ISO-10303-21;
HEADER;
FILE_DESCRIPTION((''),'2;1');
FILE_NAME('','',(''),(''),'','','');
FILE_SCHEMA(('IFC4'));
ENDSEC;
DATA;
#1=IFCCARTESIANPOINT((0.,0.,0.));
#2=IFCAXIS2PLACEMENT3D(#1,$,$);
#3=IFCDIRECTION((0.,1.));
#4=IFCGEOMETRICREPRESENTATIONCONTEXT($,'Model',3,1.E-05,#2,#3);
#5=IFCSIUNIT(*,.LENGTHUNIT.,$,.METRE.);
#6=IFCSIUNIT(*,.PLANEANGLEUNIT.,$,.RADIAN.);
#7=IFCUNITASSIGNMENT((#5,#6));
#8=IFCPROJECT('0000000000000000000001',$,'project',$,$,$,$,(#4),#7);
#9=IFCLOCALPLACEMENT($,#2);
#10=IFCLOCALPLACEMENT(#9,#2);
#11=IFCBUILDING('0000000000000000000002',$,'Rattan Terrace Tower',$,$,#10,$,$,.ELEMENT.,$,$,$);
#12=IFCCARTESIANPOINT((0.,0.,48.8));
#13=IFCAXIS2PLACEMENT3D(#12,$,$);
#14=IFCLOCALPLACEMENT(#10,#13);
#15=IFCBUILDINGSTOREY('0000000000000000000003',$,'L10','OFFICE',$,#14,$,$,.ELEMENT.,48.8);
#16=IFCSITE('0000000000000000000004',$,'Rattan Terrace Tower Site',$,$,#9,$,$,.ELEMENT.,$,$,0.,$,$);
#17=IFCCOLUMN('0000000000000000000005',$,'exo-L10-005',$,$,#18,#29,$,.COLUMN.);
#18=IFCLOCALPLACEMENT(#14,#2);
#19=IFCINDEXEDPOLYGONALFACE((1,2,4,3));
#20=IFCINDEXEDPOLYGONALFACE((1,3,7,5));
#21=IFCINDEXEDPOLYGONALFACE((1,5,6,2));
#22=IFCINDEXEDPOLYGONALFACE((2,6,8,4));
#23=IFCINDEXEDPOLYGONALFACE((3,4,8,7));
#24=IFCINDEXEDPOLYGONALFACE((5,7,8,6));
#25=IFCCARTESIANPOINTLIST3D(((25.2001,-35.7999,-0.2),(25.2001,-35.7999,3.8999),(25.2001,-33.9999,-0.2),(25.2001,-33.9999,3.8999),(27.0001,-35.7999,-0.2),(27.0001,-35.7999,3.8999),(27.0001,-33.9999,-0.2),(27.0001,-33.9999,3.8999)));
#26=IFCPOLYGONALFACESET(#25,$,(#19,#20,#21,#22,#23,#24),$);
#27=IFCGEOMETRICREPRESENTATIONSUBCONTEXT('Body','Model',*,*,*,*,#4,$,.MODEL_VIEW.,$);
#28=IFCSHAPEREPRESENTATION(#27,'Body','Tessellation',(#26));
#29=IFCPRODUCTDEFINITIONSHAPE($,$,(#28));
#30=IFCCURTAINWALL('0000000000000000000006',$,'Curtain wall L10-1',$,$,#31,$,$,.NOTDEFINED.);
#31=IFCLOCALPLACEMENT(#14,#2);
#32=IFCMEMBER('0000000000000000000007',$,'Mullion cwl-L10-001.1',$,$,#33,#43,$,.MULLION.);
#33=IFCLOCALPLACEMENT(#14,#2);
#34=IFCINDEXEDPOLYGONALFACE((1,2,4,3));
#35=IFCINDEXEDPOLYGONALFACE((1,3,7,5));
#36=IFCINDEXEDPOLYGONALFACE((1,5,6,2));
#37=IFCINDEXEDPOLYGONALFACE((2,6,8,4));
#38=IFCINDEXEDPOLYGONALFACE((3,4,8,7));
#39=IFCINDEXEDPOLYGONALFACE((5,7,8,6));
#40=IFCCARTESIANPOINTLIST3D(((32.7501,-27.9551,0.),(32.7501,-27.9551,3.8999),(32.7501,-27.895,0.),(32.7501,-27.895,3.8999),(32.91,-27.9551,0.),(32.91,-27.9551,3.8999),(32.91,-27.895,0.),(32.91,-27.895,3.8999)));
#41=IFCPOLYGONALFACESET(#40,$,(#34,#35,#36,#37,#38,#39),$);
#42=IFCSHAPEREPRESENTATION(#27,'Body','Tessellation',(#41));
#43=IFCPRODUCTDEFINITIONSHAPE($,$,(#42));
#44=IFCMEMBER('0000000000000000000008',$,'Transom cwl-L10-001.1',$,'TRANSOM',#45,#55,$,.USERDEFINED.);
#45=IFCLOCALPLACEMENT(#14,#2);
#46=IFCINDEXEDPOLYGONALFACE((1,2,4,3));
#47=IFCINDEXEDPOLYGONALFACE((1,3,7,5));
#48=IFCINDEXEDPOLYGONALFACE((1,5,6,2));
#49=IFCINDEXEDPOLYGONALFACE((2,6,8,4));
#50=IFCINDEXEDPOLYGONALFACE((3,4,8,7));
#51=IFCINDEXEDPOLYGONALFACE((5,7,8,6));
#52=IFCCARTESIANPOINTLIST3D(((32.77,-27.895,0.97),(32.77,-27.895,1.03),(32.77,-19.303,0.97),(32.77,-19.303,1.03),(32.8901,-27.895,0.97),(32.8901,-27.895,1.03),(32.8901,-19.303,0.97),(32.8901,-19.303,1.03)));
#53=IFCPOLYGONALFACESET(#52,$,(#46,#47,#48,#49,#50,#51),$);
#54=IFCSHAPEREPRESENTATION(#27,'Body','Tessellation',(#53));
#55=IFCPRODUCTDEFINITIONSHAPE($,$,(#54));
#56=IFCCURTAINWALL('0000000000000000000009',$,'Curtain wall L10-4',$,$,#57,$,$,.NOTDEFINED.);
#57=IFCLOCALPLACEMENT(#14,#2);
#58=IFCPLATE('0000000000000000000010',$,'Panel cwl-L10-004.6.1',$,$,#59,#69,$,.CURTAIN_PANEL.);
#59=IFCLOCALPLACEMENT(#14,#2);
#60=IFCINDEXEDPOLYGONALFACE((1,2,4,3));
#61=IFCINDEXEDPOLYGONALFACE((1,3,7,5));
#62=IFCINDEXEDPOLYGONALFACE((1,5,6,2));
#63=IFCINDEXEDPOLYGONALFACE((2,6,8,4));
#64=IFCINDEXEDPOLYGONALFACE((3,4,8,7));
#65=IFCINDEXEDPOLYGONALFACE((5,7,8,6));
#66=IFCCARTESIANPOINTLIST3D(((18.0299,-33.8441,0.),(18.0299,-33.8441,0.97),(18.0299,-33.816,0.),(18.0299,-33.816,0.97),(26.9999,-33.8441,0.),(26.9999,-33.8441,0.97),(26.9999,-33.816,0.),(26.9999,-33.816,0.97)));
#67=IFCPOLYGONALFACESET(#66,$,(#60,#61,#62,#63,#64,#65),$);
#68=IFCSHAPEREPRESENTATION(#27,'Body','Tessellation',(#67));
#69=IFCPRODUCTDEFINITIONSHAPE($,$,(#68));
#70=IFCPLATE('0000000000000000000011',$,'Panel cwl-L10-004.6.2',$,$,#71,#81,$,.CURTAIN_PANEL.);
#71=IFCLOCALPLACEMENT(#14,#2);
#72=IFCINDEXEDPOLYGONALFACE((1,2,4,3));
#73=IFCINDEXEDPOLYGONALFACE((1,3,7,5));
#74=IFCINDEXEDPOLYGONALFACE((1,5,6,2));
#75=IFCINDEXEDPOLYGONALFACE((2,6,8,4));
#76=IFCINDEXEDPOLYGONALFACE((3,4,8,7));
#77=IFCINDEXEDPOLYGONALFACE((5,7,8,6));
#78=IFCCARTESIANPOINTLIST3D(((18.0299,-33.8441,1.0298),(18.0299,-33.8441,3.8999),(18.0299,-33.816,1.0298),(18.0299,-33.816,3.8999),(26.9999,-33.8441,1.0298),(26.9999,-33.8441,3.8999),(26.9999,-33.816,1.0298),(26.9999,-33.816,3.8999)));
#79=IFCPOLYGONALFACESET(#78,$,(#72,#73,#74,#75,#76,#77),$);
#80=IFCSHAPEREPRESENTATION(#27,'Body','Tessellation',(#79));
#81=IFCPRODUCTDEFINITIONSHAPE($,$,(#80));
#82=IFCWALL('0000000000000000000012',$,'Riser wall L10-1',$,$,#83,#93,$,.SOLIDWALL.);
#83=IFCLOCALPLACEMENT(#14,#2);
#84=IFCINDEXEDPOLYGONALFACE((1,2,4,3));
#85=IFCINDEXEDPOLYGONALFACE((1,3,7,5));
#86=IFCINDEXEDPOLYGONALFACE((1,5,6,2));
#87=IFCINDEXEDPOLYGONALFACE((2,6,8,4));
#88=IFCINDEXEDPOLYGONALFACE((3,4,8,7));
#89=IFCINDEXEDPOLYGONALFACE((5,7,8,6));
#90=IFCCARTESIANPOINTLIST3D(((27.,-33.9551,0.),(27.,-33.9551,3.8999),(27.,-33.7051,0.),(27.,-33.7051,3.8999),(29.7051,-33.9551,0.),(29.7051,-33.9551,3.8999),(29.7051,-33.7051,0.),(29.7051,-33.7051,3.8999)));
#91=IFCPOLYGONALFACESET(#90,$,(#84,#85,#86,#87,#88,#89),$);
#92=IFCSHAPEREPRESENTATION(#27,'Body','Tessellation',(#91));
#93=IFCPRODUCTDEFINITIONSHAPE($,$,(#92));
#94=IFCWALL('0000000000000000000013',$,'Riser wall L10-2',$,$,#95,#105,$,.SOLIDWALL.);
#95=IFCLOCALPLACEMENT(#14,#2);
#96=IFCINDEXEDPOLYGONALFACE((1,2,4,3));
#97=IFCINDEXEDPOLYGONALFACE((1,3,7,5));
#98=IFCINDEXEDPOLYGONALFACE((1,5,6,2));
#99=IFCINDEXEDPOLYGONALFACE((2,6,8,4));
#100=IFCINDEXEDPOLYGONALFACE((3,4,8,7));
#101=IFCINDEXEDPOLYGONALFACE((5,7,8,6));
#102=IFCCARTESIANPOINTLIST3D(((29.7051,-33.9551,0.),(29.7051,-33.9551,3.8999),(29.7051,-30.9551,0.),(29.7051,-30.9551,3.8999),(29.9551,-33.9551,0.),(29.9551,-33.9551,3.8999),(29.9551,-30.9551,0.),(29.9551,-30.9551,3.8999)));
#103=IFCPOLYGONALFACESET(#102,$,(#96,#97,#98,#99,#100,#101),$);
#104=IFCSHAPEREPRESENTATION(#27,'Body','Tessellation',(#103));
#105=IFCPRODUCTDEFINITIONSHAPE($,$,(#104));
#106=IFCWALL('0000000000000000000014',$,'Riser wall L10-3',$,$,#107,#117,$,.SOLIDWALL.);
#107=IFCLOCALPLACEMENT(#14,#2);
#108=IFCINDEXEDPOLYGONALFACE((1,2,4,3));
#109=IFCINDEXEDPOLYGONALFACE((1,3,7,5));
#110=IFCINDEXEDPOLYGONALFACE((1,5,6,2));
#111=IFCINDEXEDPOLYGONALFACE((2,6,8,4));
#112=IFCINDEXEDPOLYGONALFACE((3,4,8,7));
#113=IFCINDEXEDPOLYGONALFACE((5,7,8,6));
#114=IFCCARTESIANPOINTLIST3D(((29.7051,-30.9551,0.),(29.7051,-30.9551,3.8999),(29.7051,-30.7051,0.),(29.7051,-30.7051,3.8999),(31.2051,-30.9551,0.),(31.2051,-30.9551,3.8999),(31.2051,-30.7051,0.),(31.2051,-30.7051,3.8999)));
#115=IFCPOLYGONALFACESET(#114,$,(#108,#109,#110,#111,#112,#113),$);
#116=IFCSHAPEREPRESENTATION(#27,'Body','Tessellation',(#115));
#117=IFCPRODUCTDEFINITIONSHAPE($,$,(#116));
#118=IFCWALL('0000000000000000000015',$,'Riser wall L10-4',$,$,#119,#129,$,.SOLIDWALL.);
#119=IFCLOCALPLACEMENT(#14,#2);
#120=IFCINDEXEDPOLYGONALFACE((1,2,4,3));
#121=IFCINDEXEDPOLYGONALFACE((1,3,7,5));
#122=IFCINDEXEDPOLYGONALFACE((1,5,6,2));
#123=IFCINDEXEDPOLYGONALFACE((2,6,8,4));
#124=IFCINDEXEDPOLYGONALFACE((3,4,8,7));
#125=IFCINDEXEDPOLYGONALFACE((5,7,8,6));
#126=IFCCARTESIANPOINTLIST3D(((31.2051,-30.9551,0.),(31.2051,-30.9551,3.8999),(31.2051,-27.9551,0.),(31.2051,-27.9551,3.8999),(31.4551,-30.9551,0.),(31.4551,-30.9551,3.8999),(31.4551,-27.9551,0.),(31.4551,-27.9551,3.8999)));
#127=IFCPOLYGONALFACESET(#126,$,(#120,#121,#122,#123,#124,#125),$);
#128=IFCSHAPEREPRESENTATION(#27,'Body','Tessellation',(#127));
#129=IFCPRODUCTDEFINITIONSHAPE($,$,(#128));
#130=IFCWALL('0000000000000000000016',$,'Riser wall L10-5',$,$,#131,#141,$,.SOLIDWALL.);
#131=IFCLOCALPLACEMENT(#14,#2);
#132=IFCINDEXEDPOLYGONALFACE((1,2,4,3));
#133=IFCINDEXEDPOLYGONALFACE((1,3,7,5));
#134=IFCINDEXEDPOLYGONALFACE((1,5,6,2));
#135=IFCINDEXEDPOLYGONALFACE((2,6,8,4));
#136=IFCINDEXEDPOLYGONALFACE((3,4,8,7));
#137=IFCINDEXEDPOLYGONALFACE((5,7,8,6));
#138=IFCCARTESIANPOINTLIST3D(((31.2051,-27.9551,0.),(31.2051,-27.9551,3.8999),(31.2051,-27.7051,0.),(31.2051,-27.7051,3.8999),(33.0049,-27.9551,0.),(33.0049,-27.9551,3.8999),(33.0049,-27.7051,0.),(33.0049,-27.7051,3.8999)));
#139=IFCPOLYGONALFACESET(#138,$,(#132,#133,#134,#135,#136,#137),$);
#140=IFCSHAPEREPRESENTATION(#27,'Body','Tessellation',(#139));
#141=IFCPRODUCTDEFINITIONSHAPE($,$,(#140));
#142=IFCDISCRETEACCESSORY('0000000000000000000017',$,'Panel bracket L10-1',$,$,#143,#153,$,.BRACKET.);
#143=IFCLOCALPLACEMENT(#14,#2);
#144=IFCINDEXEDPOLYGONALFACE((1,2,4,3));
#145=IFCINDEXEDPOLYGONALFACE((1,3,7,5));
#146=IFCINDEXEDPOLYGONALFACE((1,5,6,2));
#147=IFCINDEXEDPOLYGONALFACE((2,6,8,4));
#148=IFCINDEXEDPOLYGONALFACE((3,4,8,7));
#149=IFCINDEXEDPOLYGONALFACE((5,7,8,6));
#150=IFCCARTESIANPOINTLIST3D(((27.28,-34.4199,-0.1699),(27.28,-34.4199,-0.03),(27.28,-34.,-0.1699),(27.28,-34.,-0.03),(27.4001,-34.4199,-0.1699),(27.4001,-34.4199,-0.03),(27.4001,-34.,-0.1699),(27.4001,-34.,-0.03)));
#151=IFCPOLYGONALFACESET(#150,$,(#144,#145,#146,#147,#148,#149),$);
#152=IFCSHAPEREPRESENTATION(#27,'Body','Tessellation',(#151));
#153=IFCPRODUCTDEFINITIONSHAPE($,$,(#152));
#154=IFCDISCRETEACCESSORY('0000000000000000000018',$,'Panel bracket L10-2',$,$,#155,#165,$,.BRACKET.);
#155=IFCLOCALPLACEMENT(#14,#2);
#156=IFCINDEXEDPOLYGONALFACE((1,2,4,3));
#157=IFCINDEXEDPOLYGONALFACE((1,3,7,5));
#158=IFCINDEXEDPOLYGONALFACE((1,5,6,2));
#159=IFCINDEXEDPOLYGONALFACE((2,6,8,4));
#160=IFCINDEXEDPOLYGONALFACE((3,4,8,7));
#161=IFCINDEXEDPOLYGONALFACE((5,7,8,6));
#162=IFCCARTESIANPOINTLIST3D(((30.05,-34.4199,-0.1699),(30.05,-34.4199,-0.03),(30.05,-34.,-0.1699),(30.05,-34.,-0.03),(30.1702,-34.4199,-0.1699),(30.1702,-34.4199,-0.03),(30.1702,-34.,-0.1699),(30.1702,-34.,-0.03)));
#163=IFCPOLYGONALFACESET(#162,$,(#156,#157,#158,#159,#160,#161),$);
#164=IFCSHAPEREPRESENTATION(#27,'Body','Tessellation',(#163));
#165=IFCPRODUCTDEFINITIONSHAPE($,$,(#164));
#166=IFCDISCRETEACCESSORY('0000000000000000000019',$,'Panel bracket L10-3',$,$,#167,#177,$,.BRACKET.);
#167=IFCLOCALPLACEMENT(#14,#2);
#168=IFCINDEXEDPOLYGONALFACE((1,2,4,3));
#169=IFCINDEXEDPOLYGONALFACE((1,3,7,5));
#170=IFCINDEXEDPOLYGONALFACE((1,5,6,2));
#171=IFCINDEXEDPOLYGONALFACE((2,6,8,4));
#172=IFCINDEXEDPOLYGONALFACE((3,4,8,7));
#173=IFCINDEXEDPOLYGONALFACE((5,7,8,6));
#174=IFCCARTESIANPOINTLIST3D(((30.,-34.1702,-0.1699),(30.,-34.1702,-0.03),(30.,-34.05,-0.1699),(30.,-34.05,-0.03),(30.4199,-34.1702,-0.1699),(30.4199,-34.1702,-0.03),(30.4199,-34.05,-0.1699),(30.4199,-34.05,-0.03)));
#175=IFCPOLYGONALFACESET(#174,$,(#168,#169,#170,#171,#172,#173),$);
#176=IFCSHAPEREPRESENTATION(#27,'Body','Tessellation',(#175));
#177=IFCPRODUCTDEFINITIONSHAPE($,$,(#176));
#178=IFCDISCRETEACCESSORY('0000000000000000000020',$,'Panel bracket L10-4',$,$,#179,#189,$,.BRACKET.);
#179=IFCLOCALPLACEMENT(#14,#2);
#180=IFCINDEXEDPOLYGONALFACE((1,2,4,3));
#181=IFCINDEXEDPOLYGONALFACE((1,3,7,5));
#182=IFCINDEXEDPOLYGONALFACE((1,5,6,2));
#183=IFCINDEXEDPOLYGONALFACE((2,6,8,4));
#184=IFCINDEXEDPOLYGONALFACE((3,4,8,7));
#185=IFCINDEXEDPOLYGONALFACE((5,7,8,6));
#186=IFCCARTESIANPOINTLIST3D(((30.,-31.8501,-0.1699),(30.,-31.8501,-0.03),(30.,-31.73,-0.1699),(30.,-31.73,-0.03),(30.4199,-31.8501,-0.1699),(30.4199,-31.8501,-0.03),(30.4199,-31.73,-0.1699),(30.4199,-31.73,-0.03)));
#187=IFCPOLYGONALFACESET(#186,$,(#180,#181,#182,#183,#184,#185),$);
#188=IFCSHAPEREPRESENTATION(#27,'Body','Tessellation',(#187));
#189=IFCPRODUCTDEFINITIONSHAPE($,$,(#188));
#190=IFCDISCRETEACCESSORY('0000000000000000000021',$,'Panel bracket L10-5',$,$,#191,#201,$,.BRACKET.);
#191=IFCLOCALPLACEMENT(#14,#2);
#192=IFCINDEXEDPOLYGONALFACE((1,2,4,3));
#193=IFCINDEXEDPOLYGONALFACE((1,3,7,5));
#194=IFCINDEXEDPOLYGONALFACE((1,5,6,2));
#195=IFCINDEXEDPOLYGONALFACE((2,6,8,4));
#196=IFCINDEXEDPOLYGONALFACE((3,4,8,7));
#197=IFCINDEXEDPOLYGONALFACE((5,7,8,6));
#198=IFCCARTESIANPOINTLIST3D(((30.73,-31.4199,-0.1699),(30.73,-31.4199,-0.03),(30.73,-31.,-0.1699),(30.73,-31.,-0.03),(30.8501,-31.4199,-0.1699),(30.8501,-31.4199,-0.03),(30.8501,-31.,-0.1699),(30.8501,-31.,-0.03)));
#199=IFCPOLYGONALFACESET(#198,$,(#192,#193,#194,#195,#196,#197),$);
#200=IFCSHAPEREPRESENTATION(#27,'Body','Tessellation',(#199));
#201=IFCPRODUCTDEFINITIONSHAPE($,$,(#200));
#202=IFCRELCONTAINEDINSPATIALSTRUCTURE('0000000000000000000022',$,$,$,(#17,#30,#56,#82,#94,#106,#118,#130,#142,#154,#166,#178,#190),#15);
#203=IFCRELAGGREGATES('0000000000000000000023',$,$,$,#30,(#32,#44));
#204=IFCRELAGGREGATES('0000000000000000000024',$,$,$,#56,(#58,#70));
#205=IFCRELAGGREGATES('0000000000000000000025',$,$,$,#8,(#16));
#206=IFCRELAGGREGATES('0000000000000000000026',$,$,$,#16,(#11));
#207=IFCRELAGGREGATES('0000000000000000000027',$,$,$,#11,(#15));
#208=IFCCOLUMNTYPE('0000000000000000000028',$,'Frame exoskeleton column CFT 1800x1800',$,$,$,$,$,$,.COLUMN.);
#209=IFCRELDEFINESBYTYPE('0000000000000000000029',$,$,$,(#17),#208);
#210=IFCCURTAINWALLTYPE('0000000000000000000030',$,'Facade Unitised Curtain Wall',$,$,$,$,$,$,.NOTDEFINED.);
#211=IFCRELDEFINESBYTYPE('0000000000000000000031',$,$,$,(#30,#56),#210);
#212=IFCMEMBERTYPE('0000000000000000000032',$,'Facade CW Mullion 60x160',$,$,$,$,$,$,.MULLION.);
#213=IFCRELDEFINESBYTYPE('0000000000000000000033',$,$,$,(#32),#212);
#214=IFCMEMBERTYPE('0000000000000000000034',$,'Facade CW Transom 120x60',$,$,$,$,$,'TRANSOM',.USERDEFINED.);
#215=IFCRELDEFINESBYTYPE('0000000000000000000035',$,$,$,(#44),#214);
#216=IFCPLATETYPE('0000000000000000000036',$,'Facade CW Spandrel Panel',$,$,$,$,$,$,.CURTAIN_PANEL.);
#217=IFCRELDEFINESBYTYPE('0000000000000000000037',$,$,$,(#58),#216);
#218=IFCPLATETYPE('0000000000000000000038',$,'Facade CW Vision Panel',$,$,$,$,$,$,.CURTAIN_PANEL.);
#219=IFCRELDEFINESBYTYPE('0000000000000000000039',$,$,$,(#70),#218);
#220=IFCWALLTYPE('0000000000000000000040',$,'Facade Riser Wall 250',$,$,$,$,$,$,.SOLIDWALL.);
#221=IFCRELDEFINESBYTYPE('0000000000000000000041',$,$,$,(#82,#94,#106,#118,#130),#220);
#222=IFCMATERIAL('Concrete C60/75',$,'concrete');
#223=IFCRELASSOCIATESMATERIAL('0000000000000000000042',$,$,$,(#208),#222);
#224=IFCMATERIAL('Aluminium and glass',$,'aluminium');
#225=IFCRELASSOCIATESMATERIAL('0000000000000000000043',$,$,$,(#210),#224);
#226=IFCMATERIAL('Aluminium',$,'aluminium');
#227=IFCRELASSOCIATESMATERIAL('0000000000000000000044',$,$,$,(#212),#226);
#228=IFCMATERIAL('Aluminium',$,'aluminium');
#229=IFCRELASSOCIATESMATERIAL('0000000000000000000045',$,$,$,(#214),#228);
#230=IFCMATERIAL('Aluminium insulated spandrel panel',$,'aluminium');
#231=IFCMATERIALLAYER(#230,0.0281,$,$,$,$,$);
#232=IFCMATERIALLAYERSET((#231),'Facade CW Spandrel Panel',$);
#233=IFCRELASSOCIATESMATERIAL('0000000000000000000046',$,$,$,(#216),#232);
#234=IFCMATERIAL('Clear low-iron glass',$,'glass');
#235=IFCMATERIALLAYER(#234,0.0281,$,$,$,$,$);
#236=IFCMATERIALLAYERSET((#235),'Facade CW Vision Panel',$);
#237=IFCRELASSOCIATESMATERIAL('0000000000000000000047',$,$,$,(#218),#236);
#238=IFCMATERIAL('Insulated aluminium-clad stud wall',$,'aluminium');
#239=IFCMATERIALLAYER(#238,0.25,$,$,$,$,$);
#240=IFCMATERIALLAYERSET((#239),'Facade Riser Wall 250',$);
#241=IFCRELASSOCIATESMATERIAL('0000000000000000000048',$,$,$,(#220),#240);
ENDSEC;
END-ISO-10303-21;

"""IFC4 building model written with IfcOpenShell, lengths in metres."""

from ifc_helpers import new_model, si_unit, direction, frame, frame_2d, origin, origin_2d, place, context, subcontext, project, spatial, rectangle, extrude, material, layer, layer_set, material_profile, profile_set, type_object, element, aggregate, save


model = new_model("IFC4")

# Units and contexts
model_context = context("Model", 3, precision=1e-05, world=origin(), true_north=direction((0.0, 1.0)))
body_context = subcontext(model_context, "Body", "Model", "MODEL_VIEW")
ifc_project = project(units=[si_unit("LENGTHUNIT", "METRE"), si_unit("PLANEANGLEUNIT", "RADIAN")], contexts=[model_context])

# Site, building, storey
site_placement = place(None, origin())
site = spatial("IfcSite", under=ifc_project, at=site_placement, Name="Rattan Terrace Tower Site", CompositionType="ELEMENT", RefElevation=0.0)
building_placement = place(site_placement, origin())
building = spatial("IfcBuilding", under=site, at=building_placement, Name="Rattan Terrace Tower", CompositionType="ELEMENT")
storey_placement = place(building_placement, frame((0.0, 0.0, 48.8)))
storey = spatial("IfcBuildingStorey", under=building, at=storey_placement, Name="L10", Description="OFFICE", CompositionType="ELEMENT", Elevation=48.8)

# Column
ifc_material_1 = material(Name="Concrete C60/75", Category="concrete")
ifc_material_profile_1 = material_profile(ifc_material_1, rectangle(XDim=1.8, YDim=1.8, at=origin_2d()), Name="CFT 1800x1800")
ifc_profile_set_1 = profile_set([ifc_material_profile_1], Name="Concrete C60/75")
column_type = type_object("IfcColumnType", Name="Frame exoskeleton column CFT 1800x1800", PredefinedType="COLUMN", material=ifc_profile_set_1)
column_placement = place(storey_placement, frame((26.1001, -34.8999, -0.2), z_axis=(0.0, 0.0, 1.0), x_axis=(1.0, 0.0, 0.0)))
element("IfcColumn", 1, at=column_placement, inside=storey, type_object=column_type, Name="exo-L10-005", PredefinedType="COLUMN", context=body_context, shape_type="SweptSolid", body=[
    extrude(rectangle(XDim=1.8, YDim=1.8, at=origin_2d()), origin(), (0.0, 0.0, 1.0), 4.0999),
])

# Curtain wall, members
ifc_material_2 = material(Name="Aluminium and glass", Category="aluminium")
curtain_wall_type = type_object("IfcCurtainWallType", Name="Facade Unitised Curtain Wall", PredefinedType="NOTDEFINED", material=ifc_material_2)
curtain_wall_1_placement = place(storey_placement, origin())
curtain_wall_1 = element("IfcCurtainWall", 2, at=curtain_wall_1_placement, inside=storey, type_object=curtain_wall_type, Name="Curtain wall L10-1", PredefinedType="NOTDEFINED")
ifc_material_3 = material(Name="Aluminium", Category="aluminium")
ifc_material_profile_2 = material_profile(ifc_material_3, rectangle(XDim=0.0601, YDim=0.1599, at=origin_2d()), Name="Aluminium 60x160")
ifc_profile_set_2 = profile_set([ifc_material_profile_2], Name="Aluminium")
member_type_1 = type_object("IfcMemberType", Name="Facade CW Mullion 60x160", PredefinedType="MULLION", material=ifc_profile_set_2)
member_1_placement = place(storey_placement, frame((32.8301, -27.925, 0.0), z_axis=(0.0, 0.0, 1.0), x_axis=(0.0, 1.0, 0.0)))
member_1 = element("IfcMember", 3, at=member_1_placement, type_object=member_type_1, Name="Mullion cwl-L10-001.1", PredefinedType="MULLION", context=body_context, shape_type="SweptSolid", body=[
    extrude(rectangle(XDim=0.0601, YDim=0.1599, at=origin_2d()), origin(), (0.0, 0.0, 1.0), 3.8999),
])
ifc_material_4 = material(Name="Aluminium", Category="aluminium")
ifc_material_profile_3 = material_profile(ifc_material_4, rectangle(XDim=0.1201, YDim=0.0601, at=origin_2d()), Name="Aluminium 120x60")
ifc_profile_set_3 = profile_set([ifc_material_profile_3], Name="Aluminium")
member_type_2 = type_object("IfcMemberType", Name="Facade CW Transom 120x60", ElementType="TRANSOM", PredefinedType="USERDEFINED", material=ifc_profile_set_3)
member_2_placement = place(storey_placement, frame((32.8301, -27.895, 1.0), z_axis=(0.0, 1.0, 0.0), x_axis=(-1.0, 0.0, 0.0)))
member_2 = element("IfcMember", 4, at=member_2_placement, type_object=member_type_2, Name="Transom cwl-L10-001.1", ObjectType="TRANSOM", PredefinedType="USERDEFINED", context=body_context, shape_type="SweptSolid", body=[
    extrude(rectangle(XDim=0.1201, YDim=0.0601, at=origin_2d()), origin(), (0.0, 0.0, 1.0), 8.592),
])
aggregate(curtain_wall_1, [member_1, member_2])

# Curtain wall, plates
curtain_wall_2_placement = place(storey_placement, origin())
curtain_wall_2 = element("IfcCurtainWall", 5, at=curtain_wall_2_placement, inside=storey, type_object=curtain_wall_type, Name="Curtain wall L10-4", PredefinedType="NOTDEFINED")
ifc_material_5 = material(Name="Aluminium insulated spandrel panel", Category="aluminium")
ifc_layer_1 = layer(ifc_material_5, 0.0281)
ifc_layer_set_1 = layer_set([ifc_layer_1], Name="Facade CW Spandrel Panel")
plate_type_1 = type_object("IfcPlateType", Name="Facade CW Spandrel Panel", PredefinedType="CURTAIN_PANEL", material=ifc_layer_set_1)
plate_1_placement = place(storey_placement, frame((22.5149, -33.8301, 0.0), z_axis=(0.0, 0.0, 1.0), x_axis=(1.0, 0.0, 0.0)))
plate_1 = element("IfcPlate", 6, at=plate_1_placement, type_object=plate_type_1, Name="Panel cwl-L10-004.6.1", PredefinedType="CURTAIN_PANEL", context=body_context, shape_type="SweptSolid", body=[
    extrude(rectangle(XDim=8.97, YDim=0.0281, at=origin_2d()), origin(), (0.0, 0.0, 1.0), 0.97),
])
ifc_material_6 = material(Name="Clear low-iron glass", Category="glass")
ifc_layer_2 = layer(ifc_material_6, 0.0281)
ifc_layer_set_2 = layer_set([ifc_layer_2], Name="Facade CW Vision Panel")
plate_type_2 = type_object("IfcPlateType", Name="Facade CW Vision Panel", PredefinedType="CURTAIN_PANEL", material=ifc_layer_set_2)
plate_2_placement = place(storey_placement, frame((22.5149, -33.8301, 1.0298), z_axis=(0.0, 0.0, 1.0), x_axis=(1.0, 0.0, 0.0)))
plate_2 = element("IfcPlate", 7, at=plate_2_placement, type_object=plate_type_2, Name="Panel cwl-L10-004.6.2", PredefinedType="CURTAIN_PANEL", context=body_context, shape_type="SweptSolid", body=[
    extrude(rectangle(XDim=8.97, YDim=0.0281, at=origin_2d()), origin(), (0.0, 0.0, 1.0), 2.8701),
])
aggregate(curtain_wall_2, [plate_1, plate_2])

# Walls
ifc_material_7 = material(Name="Insulated aluminium-clad stud wall", Category="aluminium")
ifc_layer_3 = layer(ifc_material_7, 0.25)
ifc_layer_set_3 = layer_set([ifc_layer_3], Name="Facade Riser Wall 250")
wall_type = type_object("IfcWallType", Name="Facade Riser Wall 250", PredefinedType="SOLIDWALL", material=ifc_layer_set_3)
wall_1_placement = place(storey_placement, frame((27.0, -33.8301, 0.0), z_axis=(0.0, 0.0, 1.0), x_axis=(1.0, 0.0, 0.0)))
element("IfcWall", 8, at=wall_1_placement, inside=storey, type_object=wall_type, Name="Riser wall L10-1", PredefinedType="SOLIDWALL", context=body_context, shape_type="SweptSolid", body=[
    extrude(rectangle(XDim=2.7051, YDim=0.25, at=frame_2d((1.3525, 0.0))), origin(), (0.0, 0.0, 1.0), 3.8999),
])
wall_2_placement = place(storey_placement, frame((29.8301, -33.9551, 0.0), z_axis=(0.0, 0.0, 1.0), x_axis=(0.0, 1.0, 0.0)))
element("IfcWall", 9, at=wall_2_placement, inside=storey, type_object=wall_type, Name="Riser wall L10-2", PredefinedType="SOLIDWALL", context=body_context, shape_type="SweptSolid", body=[
    extrude(rectangle(XDim=3.0, YDim=0.25, at=frame_2d((1.5, 0.0))), origin(), (0.0, 0.0, 1.0), 3.8999),
])
wall_3_placement = place(storey_placement, frame((29.7051, -30.8301, 0.0), z_axis=(0.0, 0.0, 1.0), x_axis=(1.0, 0.0, 0.0)))
element("IfcWall", 10, at=wall_3_placement, inside=storey, type_object=wall_type, Name="Riser wall L10-3", PredefinedType="SOLIDWALL", context=body_context, shape_type="SweptSolid", body=[
    extrude(rectangle(XDim=1.5, YDim=0.25, at=frame_2d((0.75, 0.0))), origin(), (0.0, 0.0, 1.0), 3.8999),
])
wall_4_placement = place(storey_placement, frame((31.3301, -30.9551, 0.0), z_axis=(0.0, 0.0, 1.0), x_axis=(0.0, 1.0, 0.0)))
element("IfcWall", 11, at=wall_4_placement, inside=storey, type_object=wall_type, Name="Riser wall L10-4", PredefinedType="SOLIDWALL", context=body_context, shape_type="SweptSolid", body=[
    extrude(rectangle(XDim=3.0, YDim=0.25, at=frame_2d((1.5, 0.0))), origin(), (0.0, 0.0, 1.0), 3.8999),
])
wall_5_placement = place(storey_placement, frame((31.2051, -27.8301, 0.0), z_axis=(0.0, 0.0, 1.0), x_axis=(1.0, 0.0, 0.0)))
element("IfcWall", 12, at=wall_5_placement, inside=storey, type_object=wall_type, Name="Riser wall L10-5", PredefinedType="SOLIDWALL", context=body_context, shape_type="SweptSolid", body=[
    extrude(rectangle(XDim=1.7998, YDim=0.25, at=frame_2d((0.8999, 0.0))), origin(), (0.0, 0.0, 1.0), 3.8999),
])

# Discrete accessories
for number, where, z_axis, x_axis, name in (
    (13, (27.3401, -34.21, -0.1699), (0.0, 0.0, 1.0), (1.0, 0.0, 0.0), "Panel bracket L10-1"),
    (14, (30.1101, -34.21, -0.1699), (0.0, 0.0, 1.0), (1.0, 0.0, 0.0), "Panel bracket L10-2"),
    (15, (30.21, -34.1101, -0.1699), (0.0, 0.0, 1.0), (0.0, 1.0, 0.0), "Panel bracket L10-3"),
    (16, (30.21, -31.79, -0.1699), (0.0, 0.0, 1.0), (0.0, 1.0, 0.0), "Panel bracket L10-4"),
    (17, (30.79, -31.21, -0.1699), (0.0, 0.0, 1.0), (1.0, 0.0, 0.0), "Panel bracket L10-5"),
):
    element("IfcDiscreteAccessory", number, at=place(storey_placement, frame(where, z_axis=z_axis, x_axis=x_axis)), inside=storey, Name=name, PredefinedType="BRACKET", context=body_context, shape_type="SweptSolid", body=[
        extrude(rectangle(XDim=0.1201, YDim=0.4199, at=origin_2d()), origin(), (0.0, 0.0, 1.0), 0.1399),
    ])

save(model, "model.ifc")
